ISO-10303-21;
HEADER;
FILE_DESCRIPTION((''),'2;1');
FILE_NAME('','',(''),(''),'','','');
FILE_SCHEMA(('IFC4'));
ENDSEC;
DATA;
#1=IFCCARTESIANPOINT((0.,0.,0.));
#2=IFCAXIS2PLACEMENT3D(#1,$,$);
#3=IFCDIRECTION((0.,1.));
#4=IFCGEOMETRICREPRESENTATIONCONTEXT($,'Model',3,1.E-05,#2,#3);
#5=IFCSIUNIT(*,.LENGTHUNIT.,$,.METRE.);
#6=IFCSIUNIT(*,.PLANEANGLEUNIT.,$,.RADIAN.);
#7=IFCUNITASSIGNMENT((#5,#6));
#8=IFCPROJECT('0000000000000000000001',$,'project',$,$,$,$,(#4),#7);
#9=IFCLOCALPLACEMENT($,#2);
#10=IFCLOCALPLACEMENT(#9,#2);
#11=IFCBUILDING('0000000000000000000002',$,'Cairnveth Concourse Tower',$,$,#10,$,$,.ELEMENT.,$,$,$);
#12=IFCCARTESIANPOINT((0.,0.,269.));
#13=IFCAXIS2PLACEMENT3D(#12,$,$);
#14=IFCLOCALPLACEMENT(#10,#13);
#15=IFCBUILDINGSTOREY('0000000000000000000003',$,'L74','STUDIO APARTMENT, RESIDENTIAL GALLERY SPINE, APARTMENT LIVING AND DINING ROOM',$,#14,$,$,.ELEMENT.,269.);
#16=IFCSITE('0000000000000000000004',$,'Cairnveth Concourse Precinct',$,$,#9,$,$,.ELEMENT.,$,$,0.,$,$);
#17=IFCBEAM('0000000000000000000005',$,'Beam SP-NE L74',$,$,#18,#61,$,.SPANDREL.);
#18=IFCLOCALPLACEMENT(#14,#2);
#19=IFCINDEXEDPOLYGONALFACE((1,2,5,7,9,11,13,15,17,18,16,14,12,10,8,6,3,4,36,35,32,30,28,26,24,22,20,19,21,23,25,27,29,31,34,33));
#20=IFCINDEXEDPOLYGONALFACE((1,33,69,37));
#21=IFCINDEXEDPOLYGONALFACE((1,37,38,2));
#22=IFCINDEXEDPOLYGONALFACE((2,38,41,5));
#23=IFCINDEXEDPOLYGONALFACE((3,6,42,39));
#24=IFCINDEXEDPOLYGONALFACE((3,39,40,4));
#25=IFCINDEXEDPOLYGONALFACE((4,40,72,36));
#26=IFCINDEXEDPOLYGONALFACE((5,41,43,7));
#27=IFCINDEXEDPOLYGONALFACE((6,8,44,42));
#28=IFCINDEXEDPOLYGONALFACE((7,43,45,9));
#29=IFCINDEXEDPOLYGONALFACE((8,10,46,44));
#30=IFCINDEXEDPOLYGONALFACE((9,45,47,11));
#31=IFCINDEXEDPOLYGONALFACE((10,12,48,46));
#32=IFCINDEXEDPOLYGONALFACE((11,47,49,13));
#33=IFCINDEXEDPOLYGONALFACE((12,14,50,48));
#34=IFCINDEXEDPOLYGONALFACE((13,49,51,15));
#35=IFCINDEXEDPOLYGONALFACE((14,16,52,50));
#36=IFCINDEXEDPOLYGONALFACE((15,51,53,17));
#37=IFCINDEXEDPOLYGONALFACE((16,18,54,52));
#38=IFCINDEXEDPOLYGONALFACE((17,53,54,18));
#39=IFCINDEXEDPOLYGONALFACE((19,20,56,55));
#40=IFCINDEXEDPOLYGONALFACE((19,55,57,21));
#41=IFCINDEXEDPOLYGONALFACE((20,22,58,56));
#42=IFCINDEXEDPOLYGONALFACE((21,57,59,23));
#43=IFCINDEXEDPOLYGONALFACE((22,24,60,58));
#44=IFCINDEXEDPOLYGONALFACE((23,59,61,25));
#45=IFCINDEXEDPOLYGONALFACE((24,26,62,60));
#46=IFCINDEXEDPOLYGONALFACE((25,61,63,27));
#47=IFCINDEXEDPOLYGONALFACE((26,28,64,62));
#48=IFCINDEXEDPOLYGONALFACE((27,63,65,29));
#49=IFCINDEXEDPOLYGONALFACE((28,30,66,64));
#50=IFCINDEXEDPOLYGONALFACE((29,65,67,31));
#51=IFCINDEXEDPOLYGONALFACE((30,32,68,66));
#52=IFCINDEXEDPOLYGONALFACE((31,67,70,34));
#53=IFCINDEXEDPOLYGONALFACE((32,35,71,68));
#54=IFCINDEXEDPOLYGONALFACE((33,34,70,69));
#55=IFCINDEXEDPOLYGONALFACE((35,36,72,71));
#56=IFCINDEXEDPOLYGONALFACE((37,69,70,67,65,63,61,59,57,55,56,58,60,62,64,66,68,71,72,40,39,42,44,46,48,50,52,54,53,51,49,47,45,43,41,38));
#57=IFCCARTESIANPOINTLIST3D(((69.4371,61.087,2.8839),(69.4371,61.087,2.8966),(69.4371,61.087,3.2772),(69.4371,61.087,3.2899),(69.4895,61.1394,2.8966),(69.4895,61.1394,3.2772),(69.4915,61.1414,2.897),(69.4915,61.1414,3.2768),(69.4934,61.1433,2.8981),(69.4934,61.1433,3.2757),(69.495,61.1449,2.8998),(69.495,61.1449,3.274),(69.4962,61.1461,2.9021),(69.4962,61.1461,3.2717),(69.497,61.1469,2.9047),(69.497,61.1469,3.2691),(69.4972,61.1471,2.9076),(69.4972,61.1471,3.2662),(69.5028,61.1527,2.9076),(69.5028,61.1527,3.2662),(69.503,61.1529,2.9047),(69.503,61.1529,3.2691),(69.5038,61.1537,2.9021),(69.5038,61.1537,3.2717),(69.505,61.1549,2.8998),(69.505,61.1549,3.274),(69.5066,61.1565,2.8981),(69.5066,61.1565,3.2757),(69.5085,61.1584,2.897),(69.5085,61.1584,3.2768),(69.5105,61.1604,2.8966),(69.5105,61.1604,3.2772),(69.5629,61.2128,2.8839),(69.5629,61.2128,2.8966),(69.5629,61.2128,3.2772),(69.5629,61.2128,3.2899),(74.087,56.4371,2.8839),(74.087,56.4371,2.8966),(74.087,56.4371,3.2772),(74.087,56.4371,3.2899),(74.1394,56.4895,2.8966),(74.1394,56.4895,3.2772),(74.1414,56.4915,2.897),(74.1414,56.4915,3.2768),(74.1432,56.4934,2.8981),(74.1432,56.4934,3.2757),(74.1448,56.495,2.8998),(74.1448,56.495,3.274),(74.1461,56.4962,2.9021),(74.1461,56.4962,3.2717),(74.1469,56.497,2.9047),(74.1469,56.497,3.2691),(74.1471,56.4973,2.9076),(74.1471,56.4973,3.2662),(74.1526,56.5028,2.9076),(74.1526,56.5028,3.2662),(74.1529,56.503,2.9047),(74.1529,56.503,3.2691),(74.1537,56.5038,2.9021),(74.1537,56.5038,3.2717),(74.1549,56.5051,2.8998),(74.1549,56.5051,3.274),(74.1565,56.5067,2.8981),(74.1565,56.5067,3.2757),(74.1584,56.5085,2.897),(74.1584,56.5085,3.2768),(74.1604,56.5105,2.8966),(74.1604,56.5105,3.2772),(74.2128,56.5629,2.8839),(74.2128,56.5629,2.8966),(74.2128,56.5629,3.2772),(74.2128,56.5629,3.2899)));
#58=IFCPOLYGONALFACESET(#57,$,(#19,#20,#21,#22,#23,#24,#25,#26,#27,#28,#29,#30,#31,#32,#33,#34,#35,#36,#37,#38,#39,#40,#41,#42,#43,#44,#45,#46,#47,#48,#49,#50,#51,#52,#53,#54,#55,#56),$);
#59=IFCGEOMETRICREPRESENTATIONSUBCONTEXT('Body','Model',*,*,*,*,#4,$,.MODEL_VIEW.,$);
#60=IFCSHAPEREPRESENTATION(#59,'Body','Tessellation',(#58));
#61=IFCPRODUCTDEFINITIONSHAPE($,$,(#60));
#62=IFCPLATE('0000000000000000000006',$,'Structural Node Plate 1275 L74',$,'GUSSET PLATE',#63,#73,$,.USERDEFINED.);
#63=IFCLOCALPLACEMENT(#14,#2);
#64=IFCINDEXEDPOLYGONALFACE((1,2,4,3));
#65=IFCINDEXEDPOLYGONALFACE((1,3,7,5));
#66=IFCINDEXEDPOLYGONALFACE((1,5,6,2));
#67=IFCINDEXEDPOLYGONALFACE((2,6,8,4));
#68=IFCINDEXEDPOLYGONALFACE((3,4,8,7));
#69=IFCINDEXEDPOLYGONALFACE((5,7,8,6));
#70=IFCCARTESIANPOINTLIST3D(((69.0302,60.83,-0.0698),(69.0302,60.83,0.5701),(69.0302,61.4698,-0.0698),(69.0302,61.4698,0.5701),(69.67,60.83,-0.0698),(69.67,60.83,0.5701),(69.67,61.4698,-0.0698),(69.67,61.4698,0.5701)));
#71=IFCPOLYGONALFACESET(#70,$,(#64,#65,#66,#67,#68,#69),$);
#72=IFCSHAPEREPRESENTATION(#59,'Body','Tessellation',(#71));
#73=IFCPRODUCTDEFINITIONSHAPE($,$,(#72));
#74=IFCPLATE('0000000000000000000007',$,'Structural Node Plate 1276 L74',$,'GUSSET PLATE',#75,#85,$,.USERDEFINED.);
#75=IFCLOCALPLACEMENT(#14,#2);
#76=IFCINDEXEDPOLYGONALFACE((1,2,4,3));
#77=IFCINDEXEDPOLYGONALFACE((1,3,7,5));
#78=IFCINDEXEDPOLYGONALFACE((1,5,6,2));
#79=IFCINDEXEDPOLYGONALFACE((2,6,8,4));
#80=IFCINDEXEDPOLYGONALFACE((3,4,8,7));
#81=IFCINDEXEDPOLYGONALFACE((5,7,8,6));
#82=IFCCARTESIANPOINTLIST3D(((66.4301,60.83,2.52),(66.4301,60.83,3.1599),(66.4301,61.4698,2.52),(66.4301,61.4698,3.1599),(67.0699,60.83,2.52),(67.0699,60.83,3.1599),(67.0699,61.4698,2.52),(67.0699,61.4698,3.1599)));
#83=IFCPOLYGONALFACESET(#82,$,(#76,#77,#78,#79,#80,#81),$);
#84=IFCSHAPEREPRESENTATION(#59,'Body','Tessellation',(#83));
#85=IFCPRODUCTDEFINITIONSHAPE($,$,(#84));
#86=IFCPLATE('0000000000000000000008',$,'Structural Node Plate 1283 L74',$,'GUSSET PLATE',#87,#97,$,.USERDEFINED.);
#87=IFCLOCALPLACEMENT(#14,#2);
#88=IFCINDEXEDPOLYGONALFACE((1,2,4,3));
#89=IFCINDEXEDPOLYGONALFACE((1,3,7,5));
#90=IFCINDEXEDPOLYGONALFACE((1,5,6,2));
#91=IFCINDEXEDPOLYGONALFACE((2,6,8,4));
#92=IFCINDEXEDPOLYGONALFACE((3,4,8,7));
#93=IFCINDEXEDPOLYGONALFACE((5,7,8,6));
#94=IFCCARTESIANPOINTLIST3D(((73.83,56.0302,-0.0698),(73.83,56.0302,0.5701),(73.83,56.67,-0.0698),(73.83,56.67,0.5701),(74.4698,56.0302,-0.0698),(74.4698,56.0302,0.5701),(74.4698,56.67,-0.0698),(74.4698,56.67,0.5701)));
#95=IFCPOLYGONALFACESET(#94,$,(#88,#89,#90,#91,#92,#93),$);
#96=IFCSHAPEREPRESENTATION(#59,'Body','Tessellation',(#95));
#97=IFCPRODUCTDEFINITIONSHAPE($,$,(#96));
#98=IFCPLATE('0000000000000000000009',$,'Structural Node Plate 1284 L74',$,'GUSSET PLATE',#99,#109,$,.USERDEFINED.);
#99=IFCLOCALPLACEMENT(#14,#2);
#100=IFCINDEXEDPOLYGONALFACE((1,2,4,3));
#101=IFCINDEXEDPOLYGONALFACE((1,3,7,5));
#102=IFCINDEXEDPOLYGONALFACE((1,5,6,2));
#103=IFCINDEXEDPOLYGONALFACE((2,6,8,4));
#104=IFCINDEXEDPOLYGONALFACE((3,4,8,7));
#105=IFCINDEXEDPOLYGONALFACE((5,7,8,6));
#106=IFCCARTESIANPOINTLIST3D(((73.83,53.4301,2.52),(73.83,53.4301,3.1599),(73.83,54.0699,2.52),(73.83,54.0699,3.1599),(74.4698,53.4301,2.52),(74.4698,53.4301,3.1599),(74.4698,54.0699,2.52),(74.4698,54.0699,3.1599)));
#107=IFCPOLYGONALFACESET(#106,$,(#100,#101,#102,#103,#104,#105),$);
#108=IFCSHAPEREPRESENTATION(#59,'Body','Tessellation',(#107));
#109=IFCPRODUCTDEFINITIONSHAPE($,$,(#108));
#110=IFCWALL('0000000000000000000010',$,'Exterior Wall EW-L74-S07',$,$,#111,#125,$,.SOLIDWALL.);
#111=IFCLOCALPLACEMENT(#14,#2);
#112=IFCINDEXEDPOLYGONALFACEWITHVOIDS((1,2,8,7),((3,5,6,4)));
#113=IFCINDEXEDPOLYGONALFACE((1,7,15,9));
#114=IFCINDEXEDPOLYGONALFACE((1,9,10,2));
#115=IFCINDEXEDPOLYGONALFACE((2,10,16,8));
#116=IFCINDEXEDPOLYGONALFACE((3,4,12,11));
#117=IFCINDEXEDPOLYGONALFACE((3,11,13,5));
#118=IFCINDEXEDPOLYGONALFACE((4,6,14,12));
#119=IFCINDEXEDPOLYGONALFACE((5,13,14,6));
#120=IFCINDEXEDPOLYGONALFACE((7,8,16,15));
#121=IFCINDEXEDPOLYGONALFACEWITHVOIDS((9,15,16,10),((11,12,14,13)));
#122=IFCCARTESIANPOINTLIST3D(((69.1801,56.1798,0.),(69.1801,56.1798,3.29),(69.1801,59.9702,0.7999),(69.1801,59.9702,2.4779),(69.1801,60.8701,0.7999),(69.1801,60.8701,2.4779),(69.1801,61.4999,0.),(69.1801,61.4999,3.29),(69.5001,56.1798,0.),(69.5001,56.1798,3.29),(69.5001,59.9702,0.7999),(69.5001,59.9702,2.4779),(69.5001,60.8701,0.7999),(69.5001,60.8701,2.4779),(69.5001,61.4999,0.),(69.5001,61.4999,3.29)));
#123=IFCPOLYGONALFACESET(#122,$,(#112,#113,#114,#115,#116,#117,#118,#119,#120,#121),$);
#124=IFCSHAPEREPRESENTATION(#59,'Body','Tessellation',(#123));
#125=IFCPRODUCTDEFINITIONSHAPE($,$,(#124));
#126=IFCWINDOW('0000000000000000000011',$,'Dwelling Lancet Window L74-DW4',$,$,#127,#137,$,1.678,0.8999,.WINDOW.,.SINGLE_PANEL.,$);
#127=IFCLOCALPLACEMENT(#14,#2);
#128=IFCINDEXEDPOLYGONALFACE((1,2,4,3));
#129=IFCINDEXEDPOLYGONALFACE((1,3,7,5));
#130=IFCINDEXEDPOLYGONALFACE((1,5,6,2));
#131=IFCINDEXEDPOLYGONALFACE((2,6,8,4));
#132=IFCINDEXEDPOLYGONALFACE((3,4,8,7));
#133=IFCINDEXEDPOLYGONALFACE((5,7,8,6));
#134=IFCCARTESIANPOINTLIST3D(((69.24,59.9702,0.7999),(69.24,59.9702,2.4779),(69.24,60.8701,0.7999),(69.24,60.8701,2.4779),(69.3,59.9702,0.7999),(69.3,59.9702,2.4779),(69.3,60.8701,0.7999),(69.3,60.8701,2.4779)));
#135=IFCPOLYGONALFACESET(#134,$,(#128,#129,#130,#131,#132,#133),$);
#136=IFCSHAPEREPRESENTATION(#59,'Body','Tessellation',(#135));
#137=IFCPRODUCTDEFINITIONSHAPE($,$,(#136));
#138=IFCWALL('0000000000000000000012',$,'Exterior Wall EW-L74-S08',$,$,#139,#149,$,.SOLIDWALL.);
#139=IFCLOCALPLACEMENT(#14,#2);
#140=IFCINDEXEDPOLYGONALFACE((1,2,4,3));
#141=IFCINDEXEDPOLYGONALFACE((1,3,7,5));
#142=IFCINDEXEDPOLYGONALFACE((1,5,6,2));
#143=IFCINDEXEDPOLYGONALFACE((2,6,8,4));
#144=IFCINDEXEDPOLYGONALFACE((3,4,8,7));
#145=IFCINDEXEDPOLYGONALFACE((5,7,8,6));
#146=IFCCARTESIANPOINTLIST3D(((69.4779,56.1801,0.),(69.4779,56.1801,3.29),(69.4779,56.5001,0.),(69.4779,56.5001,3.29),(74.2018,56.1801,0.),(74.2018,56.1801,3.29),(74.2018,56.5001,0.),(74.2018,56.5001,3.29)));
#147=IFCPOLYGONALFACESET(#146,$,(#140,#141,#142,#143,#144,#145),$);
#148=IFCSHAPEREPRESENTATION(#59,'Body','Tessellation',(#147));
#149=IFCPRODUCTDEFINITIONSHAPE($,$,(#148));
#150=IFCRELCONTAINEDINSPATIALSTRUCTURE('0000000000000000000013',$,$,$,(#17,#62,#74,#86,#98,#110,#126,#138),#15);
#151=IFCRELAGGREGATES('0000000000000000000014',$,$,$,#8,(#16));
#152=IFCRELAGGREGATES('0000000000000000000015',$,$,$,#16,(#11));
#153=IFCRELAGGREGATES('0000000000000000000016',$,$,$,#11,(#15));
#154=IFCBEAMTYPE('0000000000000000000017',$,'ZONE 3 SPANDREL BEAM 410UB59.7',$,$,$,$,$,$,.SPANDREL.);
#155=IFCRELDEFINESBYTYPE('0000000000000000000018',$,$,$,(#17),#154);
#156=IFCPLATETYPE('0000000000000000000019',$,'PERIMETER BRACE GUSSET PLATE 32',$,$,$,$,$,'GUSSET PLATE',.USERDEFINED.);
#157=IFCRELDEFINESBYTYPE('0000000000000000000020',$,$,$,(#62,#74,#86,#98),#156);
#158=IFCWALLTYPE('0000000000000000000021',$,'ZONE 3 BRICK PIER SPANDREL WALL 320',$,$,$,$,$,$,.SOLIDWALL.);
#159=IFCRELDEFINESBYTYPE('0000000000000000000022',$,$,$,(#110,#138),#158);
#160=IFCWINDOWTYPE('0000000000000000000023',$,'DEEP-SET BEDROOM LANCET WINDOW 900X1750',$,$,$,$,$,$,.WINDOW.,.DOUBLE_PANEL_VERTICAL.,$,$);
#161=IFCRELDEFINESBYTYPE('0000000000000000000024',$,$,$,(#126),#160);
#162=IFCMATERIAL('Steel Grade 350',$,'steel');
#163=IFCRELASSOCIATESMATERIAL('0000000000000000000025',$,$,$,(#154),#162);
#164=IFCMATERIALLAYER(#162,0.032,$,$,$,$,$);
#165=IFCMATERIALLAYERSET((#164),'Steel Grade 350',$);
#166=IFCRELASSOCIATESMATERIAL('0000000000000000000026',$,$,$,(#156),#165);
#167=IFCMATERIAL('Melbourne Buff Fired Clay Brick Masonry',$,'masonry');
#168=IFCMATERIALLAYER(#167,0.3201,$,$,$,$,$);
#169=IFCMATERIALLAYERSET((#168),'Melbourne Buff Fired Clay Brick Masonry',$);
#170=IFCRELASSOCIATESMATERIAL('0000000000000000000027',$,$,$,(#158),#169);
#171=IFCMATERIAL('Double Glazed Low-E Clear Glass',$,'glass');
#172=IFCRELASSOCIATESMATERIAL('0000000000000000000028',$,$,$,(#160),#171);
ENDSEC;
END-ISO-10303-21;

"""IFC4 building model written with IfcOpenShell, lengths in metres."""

from ifc_helpers import new_model, si_unit, direction, frame, frame_2d, origin, origin_2d, place, context, subcontext, project, spatial, rectangle, i_section, extrude, material, layer, layer_set, material_profile, profile_set, type_object, element, fill, save


model = new_model("IFC4")

# Units and contexts
model_context = context("Model", 3, precision=1e-05, world=origin(), true_north=direction((0.0, 1.0)))
body_context = subcontext(model_context, "Body", "Model", "MODEL_VIEW")
ifc_project = project(units=[si_unit("LENGTHUNIT", "METRE"), si_unit("PLANEANGLEUNIT", "RADIAN")], contexts=[model_context])

# Site, building, storey
site_placement = place(None, origin())
site = spatial("IfcSite", under=ifc_project, at=site_placement, Name="Cairnveth Concourse Precinct", CompositionType="ELEMENT", RefElevation=0.0)
building_placement = place(site_placement, origin())
building = spatial("IfcBuilding", under=site, at=building_placement, Name="Cairnveth Concourse Tower", CompositionType="ELEMENT")
storey_placement = place(building_placement, frame((0.0, 0.0, 269.0)))
storey = spatial("IfcBuildingStorey", under=building, at=storey_placement, Name="L74", Description="STUDIO APARTMENT, RESIDENTIAL GALLERY SPINE, APARTMENT LIVING AND DINING ROOM", CompositionType="ELEMENT", Elevation=269.0)

# Shared definitions
ifc_material_1 = material(Name="Steel Grade 350", Category="steel")

# Beam
ifc_material_profile_1 = material_profile(ifc_material_1, i_section(OverallWidth=0.178, OverallDepth=0.406, WebThickness=0.0078, FlangeThickness=0.0127, FilletRadius=0.011, at=origin_2d()), Name="410UB59.7")
ifc_profile_set_1 = profile_set([ifc_material_profile_1], Name="Steel Grade 350")
beam_type_1 = type_object("IfcBeamType", Name="ZONE 3 SPANDREL BEAM 410UB59.7", PredefinedType="SPANDREL", material=ifc_profile_set_1)
beam_1_placement = place(storey_placement, frame((69.5, 61.1499, 3.0869), z_axis=(0.707107, -0.707107, 0.0), x_axis=(0.707107, 0.707107, 0.0)))
element("IfcBeam", 1, at=beam_1_placement, inside=storey, type_object=beam_type_1, Name="Beam SP-NE L74", PredefinedType="SPANDREL", context=body_context, shape_type="SweptSolid", body=[
    extrude(i_section(OverallWidth=0.178, OverallDepth=0.406, WebThickness=0.0078, FlangeThickness=0.0127, FilletRadius=0.011, at=origin_2d()), origin(), (0.0, 0.0, 1.0), 6.5759),
])

# Plates
ifc_layer_1 = layer(ifc_material_1, 0.032)
ifc_layer_set_1 = layer_set([ifc_layer_1], Name="Steel Grade 350")
plate_type = type_object("IfcPlateType", Name="PERIMETER BRACE GUSSET PLATE 32", ElementType="GUSSET PLATE", PredefinedType="USERDEFINED", material=ifc_layer_set_1)
for number, where, z_axis, x_axis, name in (
    (2, (69.3501, 61.1499, -0.0698), (0.0, 0.0, 1.0), (1.0, 0.0, 0.0), "Structural Node Plate 1275 L74"),
    (3, (66.75, 61.1499, 2.52), (0.0, 0.0, 1.0), (1.0, 0.0, 0.0), "Structural Node Plate 1276 L74"),
    (4, (74.1499, 56.3501, -0.0698), (0.0, 0.0, 1.0), (1.0, 0.0, 0.0), "Structural Node Plate 1283 L74"),
    (5, (74.1499, 53.75, 2.52), (0.0, 0.0, 1.0), (1.0, 0.0, 0.0), "Structural Node Plate 1284 L74"),
):
    element("IfcPlate", number, at=place(storey_placement, frame(where, z_axis=z_axis, x_axis=x_axis)), inside=storey, type_object=plate_type, Name=name, ObjectType="GUSSET PLATE", PredefinedType="USERDEFINED", context=body_context, shape_type="SweptSolid", body=[
        extrude(rectangle(XDim=0.6399, YDim=0.6399, at=origin_2d()), origin(), (0.0, 0.0, 1.0), 0.6399),
    ])

# Wall, opening, window
ifc_material_2 = material(Name="Melbourne Buff Fired Clay Brick Masonry", Category="masonry")
ifc_layer_2 = layer(ifc_material_2, 0.3201)
ifc_layer_set_2 = layer_set([ifc_layer_2], Name="Melbourne Buff Fired Clay Brick Masonry")
wall_type = type_object("IfcWallType", Name="ZONE 3 BRICK PIER SPANDREL WALL 320", PredefinedType="SOLIDWALL", material=ifc_layer_set_2)
wall_1_placement = place(storey_placement, frame((69.3401, 61.5, 0.0), z_axis=(0.0, 0.0, 1.0), x_axis=(0.0, -1.0, 0.0)))
wall_1 = element("IfcWall", 6, at=wall_1_placement, inside=storey, type_object=wall_type, Name="Exterior Wall EW-L74-S07", PredefinedType="SOLIDWALL", context=body_context, shape_type="SweptSolid", body=[
    extrude(rectangle(XDim=5.3201, YDim=0.3201, at=frame_2d((2.6602, 0.0))), origin(), (0.0, 0.0, 1.0), 3.29),
])
opening_1_placement = place(wall_1_placement, frame((0.6299, 0.0, 0.8)))
opening_1 = element("IfcOpeningElement", 7, at=opening_1_placement, cuts=wall_1, PredefinedType="OPENING", context=body_context, shape_type="SweptSolid", body=[
    extrude(rectangle(XDim=0.8999, YDim=1.678, at=frame_2d((0.45, 0.8389))), frame((0.0, 0.1699, 0.0), z_axis=(0.0, -1.0, 0.0), x_axis=(1.0, 0.0, 0.0)), (0.0, 0.0, 1.0), 0.3401),
])
ifc_material_3 = material(Name="Double Glazed Low-E Clear Glass", Category="glass")
window_type_1 = type_object("IfcWindowType", Name="DEEP-SET BEDROOM LANCET WINDOW 900X1750", PartitioningType="DOUBLE_PANEL_VERTICAL", PredefinedType="WINDOW", material=ifc_material_3)
window_1_placement = place(opening_1_placement, origin())
window_1 = element("IfcWindow", 8, at=window_1_placement, inside=storey, type_object=window_type_1, Name="Dwelling Lancet Window L74-DW4", OverallHeight=1.678, OverallWidth=0.8999, PartitioningType="SINGLE_PANEL", PredefinedType="WINDOW", context=body_context, shape_type="SweptSolid", body=[
    extrude(rectangle(XDim=0.8999, YDim=1.678, at=frame_2d((0.45, 0.8389))), frame((0.0, -0.04, 0.0), z_axis=(0.0, -1.0, 0.0), x_axis=(1.0, 0.0, 0.0)), (0.0, 0.0, 1.0), 0.0601),
])
fill(opening_1, window_1)

# Wall
wall_2_placement = place(storey_placement, frame((69.478, 56.3401, 0.0), z_axis=(0.0, 0.0, 1.0), x_axis=(1.0, 0.0, 0.0)))
element("IfcWall", 9, at=wall_2_placement, inside=storey, type_object=wall_type, Name="Exterior Wall EW-L74-S08", PredefinedType="SOLIDWALL", context=body_context, shape_type="SweptSolid", body=[
    extrude(rectangle(XDim=4.7239, YDim=0.3201, at=frame_2d((2.3618, 0.0))), origin(), (0.0, 0.0, 1.0), 3.29),
])

save(model, "model.ifc")
